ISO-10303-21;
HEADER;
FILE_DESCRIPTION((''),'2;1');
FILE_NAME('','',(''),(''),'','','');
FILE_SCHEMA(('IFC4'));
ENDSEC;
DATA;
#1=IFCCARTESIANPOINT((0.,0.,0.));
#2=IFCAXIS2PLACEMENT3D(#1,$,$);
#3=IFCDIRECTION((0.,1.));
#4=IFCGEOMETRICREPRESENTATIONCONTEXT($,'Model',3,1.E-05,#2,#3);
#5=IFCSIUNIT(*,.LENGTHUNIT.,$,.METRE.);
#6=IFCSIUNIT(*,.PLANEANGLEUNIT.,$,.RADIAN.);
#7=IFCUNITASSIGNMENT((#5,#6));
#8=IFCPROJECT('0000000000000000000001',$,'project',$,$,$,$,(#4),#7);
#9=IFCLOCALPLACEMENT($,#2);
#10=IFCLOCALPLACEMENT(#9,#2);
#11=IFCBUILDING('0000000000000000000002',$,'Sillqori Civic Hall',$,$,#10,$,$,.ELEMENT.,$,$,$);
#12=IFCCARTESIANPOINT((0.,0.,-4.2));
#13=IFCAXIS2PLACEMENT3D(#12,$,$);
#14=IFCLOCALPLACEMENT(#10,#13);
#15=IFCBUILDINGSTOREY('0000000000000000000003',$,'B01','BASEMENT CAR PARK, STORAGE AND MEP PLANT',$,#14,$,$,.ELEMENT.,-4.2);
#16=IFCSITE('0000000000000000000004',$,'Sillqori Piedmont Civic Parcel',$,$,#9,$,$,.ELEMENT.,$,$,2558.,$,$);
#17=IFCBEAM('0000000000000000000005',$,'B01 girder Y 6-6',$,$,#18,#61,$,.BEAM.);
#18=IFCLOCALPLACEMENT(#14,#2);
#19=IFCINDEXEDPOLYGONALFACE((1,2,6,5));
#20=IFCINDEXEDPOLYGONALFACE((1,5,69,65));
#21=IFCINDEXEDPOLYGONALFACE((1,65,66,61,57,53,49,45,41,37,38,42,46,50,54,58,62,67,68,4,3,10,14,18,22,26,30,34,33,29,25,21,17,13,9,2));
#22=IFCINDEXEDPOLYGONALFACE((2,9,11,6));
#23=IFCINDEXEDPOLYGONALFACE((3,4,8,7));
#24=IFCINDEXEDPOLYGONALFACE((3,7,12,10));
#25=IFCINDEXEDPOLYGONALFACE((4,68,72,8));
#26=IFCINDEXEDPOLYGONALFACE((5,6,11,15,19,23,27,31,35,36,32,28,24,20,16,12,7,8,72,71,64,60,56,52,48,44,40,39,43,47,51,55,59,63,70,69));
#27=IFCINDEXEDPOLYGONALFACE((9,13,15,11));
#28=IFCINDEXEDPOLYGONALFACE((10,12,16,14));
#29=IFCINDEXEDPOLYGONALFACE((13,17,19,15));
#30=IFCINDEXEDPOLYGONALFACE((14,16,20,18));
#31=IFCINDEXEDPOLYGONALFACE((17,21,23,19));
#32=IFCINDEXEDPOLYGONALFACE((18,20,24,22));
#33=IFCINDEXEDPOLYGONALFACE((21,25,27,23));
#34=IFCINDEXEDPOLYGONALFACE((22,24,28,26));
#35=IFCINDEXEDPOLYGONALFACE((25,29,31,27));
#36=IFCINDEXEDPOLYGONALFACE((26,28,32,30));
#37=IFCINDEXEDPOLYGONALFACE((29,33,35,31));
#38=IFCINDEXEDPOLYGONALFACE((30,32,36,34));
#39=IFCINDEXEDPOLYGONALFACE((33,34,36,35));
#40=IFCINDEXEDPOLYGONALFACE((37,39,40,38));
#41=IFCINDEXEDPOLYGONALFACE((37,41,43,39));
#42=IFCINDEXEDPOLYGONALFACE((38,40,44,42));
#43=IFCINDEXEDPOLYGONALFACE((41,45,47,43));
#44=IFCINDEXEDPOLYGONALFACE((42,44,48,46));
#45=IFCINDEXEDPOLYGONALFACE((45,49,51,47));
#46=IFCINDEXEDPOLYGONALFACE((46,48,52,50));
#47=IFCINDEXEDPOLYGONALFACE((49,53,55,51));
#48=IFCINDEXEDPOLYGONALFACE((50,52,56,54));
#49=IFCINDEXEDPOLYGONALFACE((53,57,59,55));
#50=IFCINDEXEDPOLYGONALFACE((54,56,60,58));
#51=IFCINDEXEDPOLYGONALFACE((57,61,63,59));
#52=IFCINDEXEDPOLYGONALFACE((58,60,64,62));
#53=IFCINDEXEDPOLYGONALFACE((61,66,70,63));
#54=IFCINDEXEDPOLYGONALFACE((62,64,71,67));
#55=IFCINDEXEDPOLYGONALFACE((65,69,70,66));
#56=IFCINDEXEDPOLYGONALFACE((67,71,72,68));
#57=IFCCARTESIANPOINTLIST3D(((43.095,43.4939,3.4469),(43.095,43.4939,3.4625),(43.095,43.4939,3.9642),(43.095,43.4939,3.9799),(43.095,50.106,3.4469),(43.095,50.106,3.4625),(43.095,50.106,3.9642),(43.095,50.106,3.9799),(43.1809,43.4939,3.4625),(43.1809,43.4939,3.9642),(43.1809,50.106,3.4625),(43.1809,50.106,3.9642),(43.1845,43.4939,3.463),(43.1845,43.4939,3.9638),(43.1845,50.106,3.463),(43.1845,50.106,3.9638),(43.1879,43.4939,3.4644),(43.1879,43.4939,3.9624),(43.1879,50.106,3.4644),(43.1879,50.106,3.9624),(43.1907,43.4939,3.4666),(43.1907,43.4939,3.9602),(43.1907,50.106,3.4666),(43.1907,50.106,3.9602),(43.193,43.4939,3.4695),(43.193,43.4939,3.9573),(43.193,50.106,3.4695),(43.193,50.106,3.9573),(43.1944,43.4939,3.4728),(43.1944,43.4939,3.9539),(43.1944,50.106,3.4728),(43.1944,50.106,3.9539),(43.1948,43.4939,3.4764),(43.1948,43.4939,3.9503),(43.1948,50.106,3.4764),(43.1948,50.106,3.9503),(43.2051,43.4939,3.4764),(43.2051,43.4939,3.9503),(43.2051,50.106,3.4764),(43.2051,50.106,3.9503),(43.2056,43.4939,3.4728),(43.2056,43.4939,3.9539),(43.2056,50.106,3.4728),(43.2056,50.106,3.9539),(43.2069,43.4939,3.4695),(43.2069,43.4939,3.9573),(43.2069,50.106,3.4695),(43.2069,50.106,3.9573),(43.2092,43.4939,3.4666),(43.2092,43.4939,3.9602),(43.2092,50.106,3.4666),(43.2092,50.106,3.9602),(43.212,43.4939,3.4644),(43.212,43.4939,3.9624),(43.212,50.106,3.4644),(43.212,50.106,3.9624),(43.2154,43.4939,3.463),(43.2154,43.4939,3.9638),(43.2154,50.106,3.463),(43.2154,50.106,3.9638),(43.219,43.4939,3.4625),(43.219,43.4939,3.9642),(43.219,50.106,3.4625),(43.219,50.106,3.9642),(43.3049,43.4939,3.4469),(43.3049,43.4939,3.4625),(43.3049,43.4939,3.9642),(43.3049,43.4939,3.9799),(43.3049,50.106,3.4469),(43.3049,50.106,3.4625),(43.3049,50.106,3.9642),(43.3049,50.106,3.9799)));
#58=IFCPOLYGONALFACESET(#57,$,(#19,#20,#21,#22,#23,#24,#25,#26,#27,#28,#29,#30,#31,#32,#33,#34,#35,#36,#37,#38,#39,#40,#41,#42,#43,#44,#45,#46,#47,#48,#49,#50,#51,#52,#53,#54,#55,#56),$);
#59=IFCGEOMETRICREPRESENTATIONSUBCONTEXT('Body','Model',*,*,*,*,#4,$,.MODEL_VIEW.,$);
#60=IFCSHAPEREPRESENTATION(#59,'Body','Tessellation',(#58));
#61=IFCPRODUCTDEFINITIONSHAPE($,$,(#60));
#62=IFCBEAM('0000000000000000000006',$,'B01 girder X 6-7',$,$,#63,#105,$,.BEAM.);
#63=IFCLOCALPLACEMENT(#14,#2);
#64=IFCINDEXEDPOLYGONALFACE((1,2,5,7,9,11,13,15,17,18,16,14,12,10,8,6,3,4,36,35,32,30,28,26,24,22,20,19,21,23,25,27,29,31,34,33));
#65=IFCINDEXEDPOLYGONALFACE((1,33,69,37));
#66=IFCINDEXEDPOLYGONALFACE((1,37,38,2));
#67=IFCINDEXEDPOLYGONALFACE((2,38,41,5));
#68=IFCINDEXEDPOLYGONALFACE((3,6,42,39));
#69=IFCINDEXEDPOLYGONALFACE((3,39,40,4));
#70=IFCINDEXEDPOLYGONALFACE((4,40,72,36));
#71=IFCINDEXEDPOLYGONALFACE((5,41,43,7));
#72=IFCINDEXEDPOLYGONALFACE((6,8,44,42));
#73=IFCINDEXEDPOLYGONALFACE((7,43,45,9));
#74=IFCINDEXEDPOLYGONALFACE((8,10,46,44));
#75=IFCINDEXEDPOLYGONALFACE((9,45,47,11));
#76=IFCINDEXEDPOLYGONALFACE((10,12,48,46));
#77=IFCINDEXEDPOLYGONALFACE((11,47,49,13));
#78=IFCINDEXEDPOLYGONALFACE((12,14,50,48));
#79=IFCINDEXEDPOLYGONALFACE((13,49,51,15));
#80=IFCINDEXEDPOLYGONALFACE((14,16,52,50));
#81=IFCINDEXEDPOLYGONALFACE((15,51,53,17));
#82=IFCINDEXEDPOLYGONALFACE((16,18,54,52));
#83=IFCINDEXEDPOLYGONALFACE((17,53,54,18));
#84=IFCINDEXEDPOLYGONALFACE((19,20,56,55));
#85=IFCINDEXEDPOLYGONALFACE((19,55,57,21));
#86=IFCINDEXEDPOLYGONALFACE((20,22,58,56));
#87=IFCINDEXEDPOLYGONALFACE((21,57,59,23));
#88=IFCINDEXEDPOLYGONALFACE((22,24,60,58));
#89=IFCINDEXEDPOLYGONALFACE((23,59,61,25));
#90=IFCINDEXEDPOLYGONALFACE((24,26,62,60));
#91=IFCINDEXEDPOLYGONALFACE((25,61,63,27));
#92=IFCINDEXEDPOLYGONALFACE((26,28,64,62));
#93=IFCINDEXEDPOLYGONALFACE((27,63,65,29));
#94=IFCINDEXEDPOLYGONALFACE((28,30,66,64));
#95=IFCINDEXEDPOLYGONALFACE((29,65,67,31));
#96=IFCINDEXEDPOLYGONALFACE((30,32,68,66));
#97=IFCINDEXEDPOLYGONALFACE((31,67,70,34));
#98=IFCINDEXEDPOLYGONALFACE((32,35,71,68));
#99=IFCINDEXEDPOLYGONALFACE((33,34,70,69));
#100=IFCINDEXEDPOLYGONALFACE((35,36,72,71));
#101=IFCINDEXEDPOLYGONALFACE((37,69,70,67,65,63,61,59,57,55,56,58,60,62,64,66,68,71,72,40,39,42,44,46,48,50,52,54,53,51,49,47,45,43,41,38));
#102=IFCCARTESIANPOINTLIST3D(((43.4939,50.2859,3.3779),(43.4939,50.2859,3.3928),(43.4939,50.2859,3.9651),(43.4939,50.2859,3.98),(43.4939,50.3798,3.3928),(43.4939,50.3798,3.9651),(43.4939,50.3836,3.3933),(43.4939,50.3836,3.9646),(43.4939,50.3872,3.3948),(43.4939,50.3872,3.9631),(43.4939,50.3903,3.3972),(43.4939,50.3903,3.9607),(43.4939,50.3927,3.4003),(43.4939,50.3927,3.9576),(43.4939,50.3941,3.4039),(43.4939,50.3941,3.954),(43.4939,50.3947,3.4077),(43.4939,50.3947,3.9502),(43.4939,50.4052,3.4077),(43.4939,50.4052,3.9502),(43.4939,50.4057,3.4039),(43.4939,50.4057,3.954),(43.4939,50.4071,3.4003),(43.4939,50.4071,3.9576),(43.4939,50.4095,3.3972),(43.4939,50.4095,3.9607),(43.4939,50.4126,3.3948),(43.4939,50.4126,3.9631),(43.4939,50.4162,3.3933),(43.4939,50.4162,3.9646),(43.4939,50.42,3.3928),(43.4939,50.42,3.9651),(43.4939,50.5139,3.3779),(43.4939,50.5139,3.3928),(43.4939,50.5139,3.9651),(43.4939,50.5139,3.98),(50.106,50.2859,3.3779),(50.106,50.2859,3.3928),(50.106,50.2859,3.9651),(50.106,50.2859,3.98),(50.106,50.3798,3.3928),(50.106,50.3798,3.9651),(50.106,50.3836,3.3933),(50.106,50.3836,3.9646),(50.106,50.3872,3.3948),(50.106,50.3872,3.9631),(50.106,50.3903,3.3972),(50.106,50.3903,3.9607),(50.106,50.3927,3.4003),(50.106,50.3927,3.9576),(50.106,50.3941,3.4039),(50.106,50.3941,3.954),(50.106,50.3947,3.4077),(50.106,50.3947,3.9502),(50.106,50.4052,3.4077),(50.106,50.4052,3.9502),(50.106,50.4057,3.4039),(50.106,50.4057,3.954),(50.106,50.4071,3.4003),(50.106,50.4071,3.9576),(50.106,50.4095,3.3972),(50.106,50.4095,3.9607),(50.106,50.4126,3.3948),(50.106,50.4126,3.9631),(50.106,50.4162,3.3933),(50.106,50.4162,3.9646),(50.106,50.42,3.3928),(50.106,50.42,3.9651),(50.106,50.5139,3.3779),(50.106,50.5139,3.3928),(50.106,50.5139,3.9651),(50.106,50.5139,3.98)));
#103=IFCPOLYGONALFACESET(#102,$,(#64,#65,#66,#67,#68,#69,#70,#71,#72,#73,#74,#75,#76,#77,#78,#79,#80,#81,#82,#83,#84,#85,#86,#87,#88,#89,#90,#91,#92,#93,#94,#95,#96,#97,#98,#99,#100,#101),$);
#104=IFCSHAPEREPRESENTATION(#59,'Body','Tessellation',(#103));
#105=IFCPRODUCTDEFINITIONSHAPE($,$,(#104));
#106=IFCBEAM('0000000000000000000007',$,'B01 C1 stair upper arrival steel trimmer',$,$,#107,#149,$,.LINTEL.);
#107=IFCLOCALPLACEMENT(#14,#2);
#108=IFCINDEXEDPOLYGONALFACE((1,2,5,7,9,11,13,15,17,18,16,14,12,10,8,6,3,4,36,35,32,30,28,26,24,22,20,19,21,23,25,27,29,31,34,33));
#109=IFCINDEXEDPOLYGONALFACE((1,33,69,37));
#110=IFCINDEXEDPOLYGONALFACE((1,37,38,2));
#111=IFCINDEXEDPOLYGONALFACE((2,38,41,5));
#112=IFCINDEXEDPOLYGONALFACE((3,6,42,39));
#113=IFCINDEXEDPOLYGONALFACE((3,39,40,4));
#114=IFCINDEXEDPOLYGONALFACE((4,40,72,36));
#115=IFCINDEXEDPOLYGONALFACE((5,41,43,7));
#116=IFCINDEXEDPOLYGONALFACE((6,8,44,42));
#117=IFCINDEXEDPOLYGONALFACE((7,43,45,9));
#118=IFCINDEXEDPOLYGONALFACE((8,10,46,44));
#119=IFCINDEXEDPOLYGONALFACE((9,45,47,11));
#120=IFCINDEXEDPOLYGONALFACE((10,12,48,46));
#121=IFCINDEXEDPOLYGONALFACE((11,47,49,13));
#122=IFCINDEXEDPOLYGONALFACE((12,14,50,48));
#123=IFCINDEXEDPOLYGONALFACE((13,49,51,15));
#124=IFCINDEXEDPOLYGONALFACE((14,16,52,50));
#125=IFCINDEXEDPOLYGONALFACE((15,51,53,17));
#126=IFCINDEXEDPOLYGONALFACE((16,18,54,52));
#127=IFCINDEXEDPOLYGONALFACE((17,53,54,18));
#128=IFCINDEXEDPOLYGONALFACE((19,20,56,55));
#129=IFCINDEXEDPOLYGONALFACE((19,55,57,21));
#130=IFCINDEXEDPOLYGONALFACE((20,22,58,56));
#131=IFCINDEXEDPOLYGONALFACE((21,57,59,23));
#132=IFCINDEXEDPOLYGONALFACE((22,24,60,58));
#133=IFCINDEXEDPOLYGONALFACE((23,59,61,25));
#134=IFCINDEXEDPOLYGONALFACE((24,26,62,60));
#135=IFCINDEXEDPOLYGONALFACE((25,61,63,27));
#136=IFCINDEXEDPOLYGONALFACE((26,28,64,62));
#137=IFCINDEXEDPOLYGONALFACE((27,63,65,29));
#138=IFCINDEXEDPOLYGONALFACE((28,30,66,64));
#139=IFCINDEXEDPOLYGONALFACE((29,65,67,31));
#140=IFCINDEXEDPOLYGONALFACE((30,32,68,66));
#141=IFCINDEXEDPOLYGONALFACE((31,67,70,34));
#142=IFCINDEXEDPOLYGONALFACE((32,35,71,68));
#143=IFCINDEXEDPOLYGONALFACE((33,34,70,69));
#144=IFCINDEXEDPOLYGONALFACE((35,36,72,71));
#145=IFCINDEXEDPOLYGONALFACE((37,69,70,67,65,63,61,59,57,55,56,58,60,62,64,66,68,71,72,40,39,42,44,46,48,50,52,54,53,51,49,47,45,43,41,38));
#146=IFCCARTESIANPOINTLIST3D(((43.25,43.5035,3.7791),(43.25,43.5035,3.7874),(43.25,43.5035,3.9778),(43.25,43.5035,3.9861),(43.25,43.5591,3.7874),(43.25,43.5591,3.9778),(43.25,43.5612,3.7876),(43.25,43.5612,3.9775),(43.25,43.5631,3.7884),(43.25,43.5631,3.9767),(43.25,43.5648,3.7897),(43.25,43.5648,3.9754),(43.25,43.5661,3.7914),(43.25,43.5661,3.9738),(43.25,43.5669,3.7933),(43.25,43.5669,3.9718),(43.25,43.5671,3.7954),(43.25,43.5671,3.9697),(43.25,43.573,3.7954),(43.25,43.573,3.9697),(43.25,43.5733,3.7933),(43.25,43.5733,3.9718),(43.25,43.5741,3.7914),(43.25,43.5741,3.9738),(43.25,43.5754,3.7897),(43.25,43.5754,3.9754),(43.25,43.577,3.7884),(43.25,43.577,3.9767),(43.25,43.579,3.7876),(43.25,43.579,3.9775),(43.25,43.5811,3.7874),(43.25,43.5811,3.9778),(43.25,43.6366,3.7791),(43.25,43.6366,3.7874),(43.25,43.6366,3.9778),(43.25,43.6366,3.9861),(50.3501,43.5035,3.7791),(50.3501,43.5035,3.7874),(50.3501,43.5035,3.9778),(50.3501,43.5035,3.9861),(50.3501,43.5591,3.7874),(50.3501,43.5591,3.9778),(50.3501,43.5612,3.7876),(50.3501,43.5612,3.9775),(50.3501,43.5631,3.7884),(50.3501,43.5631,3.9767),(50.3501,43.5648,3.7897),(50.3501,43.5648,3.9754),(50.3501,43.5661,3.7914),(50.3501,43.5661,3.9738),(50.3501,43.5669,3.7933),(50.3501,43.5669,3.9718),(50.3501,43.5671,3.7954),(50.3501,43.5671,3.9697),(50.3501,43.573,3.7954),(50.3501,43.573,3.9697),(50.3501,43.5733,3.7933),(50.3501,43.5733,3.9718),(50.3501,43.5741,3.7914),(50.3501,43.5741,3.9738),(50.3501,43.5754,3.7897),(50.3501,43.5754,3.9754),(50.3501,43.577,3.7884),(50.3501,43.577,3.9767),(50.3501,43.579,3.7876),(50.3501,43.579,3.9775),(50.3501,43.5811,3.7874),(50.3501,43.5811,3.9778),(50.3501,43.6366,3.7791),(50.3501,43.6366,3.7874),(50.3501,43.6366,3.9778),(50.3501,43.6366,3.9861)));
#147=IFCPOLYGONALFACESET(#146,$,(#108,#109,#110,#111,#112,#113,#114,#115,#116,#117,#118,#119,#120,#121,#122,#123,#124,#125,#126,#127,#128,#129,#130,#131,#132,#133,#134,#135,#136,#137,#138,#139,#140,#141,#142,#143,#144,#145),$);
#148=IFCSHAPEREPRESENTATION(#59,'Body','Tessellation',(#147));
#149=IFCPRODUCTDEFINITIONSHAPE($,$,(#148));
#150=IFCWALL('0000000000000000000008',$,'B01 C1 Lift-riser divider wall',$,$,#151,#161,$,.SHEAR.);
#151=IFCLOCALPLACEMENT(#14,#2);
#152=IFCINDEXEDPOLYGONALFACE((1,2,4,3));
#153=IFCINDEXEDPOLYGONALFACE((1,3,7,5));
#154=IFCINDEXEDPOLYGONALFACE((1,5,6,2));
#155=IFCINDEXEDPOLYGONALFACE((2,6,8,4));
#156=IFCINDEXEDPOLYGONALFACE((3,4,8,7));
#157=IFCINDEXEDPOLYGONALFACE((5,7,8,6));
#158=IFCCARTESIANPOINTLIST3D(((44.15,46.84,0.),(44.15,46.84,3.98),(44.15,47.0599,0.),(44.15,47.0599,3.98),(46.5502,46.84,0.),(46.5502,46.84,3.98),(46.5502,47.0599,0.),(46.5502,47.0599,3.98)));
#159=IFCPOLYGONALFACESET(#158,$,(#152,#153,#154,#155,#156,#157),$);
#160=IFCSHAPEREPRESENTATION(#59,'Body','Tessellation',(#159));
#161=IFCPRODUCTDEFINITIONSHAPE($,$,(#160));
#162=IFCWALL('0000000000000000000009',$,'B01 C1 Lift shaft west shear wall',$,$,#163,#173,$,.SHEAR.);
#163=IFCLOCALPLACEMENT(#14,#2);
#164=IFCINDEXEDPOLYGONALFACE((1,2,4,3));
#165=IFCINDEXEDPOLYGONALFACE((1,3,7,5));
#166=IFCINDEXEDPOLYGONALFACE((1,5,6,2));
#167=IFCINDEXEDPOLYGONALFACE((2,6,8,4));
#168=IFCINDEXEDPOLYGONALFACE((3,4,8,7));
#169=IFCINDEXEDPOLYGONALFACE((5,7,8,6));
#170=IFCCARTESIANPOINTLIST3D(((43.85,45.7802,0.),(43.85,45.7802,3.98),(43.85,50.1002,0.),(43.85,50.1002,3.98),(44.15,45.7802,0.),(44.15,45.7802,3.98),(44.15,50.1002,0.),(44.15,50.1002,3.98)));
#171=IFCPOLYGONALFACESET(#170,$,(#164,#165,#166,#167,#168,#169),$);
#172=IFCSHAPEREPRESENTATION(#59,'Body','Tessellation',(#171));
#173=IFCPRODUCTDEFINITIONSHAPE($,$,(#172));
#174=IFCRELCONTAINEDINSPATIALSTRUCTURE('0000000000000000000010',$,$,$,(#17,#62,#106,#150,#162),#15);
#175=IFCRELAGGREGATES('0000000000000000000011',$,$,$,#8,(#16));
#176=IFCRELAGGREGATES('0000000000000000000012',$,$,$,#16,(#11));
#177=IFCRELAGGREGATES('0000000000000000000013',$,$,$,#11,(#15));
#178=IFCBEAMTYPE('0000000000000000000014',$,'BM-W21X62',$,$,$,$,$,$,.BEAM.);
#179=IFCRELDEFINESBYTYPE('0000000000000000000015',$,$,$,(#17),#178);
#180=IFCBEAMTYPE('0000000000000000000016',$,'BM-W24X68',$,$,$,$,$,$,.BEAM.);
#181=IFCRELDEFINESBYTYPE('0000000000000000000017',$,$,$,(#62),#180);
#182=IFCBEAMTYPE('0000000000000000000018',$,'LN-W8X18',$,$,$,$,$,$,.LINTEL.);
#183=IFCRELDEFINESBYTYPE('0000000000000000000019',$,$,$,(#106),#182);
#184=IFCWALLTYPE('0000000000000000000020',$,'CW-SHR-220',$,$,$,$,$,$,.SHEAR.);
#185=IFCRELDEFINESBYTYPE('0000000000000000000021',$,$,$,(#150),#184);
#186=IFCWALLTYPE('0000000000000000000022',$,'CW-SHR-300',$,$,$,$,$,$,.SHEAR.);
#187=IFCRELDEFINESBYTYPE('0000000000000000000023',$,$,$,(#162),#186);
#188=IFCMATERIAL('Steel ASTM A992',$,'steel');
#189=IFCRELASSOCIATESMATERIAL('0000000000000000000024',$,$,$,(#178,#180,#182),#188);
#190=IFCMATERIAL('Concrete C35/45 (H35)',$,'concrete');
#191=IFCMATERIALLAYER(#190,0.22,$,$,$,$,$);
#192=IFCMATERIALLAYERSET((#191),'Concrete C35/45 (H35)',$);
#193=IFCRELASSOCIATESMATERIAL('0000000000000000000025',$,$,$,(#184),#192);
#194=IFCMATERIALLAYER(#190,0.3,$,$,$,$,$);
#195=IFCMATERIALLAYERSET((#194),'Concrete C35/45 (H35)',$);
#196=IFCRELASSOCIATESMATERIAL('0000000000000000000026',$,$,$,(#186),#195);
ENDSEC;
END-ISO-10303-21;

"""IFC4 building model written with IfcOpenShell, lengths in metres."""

from ifc_helpers import new_model, si_unit, direction, frame, frame_2d, origin, origin_2d, place, context, subcontext, project, spatial, rectangle, i_section, extrude, material, layer, layer_set, material_profile, profile_set, type_object, element, save


model = new_model("IFC4")

# Units and contexts
model_context = context("Model", 3, precision=1e-05, world=origin(), true_north=direction((0.0, 1.0)))
body_context = subcontext(model_context, "Body", "Model", "MODEL_VIEW")
ifc_project = project(units=[si_unit("LENGTHUNIT", "METRE"), si_unit("PLANEANGLEUNIT", "RADIAN")], contexts=[model_context])

# Site, building, storey
site_placement = place(None, origin())
site = spatial("IfcSite", under=ifc_project, at=site_placement, Name="Sillqori Piedmont Civic Parcel", CompositionType="ELEMENT", RefElevation=2558.0)
building_placement = place(site_placement, origin())
building = spatial("IfcBuilding", under=site, at=building_placement, Name="Sillqori Civic Hall", CompositionType="ELEMENT")
storey_placement = place(building_placement, frame((0.0, 0.0, -4.2)))
storey = spatial("IfcBuildingStorey", under=building, at=storey_placement, Name="B01", Description="BASEMENT CAR PARK, STORAGE AND MEP PLANT", CompositionType="ELEMENT", Elevation=-4.2)

# Shared definitions
ifc_material_1 = material(Name="Concrete C35/45 (H35)", Category="concrete")

# Beams
ifc_material_2 = material(Name="Steel ASTM A992", Category="steel")
ifc_material_profile_1 = material_profile(ifc_material_2, i_section(OverallWidth=0.21, OverallDepth=0.533, WebThickness=0.0103, FlangeThickness=0.0156, FilletRadius=0.0139, at=origin_2d()), Name="W21X62")
ifc_profile_set_1 = profile_set([ifc_material_profile_1], Name="Steel ASTM A992")
beam_type_1 = type_object("IfcBeamType", Name="BM-W21X62", PredefinedType="BEAM", material=ifc_profile_set_1)
beam_1_placement = place(storey_placement, frame((43.2, 43.4939, 3.7134), z_axis=(0.0, 1.0, 0.0), x_axis=(-1.0, 0.0, 0.0)))
element("IfcBeam", 1, at=beam_1_placement, inside=storey, type_object=beam_type_1, Name="B01 girder Y 6-6", PredefinedType="BEAM", context=body_context, shape_type="SweptSolid", body=[
    extrude(i_section(OverallWidth=0.21, OverallDepth=0.533, WebThickness=0.0103, FlangeThickness=0.0156, FilletRadius=0.0139, at=origin_2d()), origin(), (0.0, 0.0, 1.0), 6.6121),
])
ifc_material_profile_2 = material_profile(ifc_material_2, i_section(OverallWidth=0.228, OverallDepth=0.6021, WebThickness=0.0105, FlangeThickness=0.0149, FilletRadius=0.0149, at=origin_2d()), Name="W24X68")
ifc_profile_set_2 = profile_set([ifc_material_profile_2], Name="Steel ASTM A992")
beam_type_2 = type_object("IfcBeamType", Name="BM-W24X68", PredefinedType="BEAM", material=ifc_profile_set_2)
beam_2_placement = place(storey_placement, frame((43.4939, 50.3999, 3.679), z_axis=(1.0, 0.0, 0.0), x_axis=(0.0, 1.0, 0.0)))
element("IfcBeam", 2, at=beam_2_placement, inside=storey, type_object=beam_type_2, Name="B01 girder X 6-7", PredefinedType="BEAM", context=body_context, shape_type="SweptSolid", body=[
    extrude(i_section(OverallWidth=0.228, OverallDepth=0.6021, WebThickness=0.0105, FlangeThickness=0.0149, FilletRadius=0.0149, at=origin_2d()), origin(), (0.0, 0.0, 1.0), 6.6121),
])
ifc_material_profile_3 = material_profile(ifc_material_2, i_section(OverallWidth=0.1331, OverallDepth=0.207, WebThickness=0.0059, FlangeThickness=0.0083, FilletRadius=0.0081, at=origin_2d()), Name="W8X18")
ifc_profile_set_3 = profile_set([ifc_material_profile_3], Name="Steel ASTM A992")
beam_type_3 = type_object("IfcBeamType", Name="LN-W8X18", PredefinedType="LINTEL", material=ifc_profile_set_3)
beam_3_placement = place(storey_placement, frame((43.25, 43.5701, 3.8826), z_axis=(1.0, 0.0, 0.0), x_axis=(0.0, 1.0, 0.0)))
element("IfcBeam", 3, at=beam_3_placement, inside=storey, type_object=beam_type_3, Name="B01 C1 stair upper arrival steel trimmer", PredefinedType="LINTEL", context=body_context, shape_type="SweptSolid", body=[
    extrude(i_section(OverallWidth=0.1331, OverallDepth=0.207, WebThickness=0.0059, FlangeThickness=0.0083, FilletRadius=0.0081, at=origin_2d()), origin(), (0.0, 0.0, 1.0), 7.1001),
])

# Wall
ifc_layer_1 = layer(ifc_material_1, 0.22)
ifc_layer_set_1 = layer_set([ifc_layer_1], Name="Concrete C35/45 (H35)")
wall_type_1 = type_object("IfcWallType", Name="CW-SHR-220", PredefinedType="SHEAR", material=ifc_layer_set_1)
wall_1_placement = place(storey_placement, frame((44.1499, 46.95, 0.0), z_axis=(0.0, 0.0, 1.0), x_axis=(1.0, 0.0, 0.0)))
element("IfcWall", 4, at=wall_1_placement, inside=storey, type_object=wall_type_1, Name="B01 C1 Lift-riser divider wall", PredefinedType="SHEAR", context=body_context, shape_type="SweptSolid", body=[
    extrude(rectangle(XDim=2.4001, YDim=0.22, at=frame_2d((1.2002, 0.0))), origin(), (0.0, 0.0, 1.0), 3.98),
])

# Wall
ifc_layer_2 = layer(ifc_material_1, 0.3)
ifc_layer_set_2 = layer_set([ifc_layer_2], Name="Concrete C35/45 (H35)")
wall_type_2 = type_object("IfcWallType", Name="CW-SHR-300", PredefinedType="SHEAR", material=ifc_layer_set_2)
wall_2_placement = place(storey_placement, frame((44.0, 45.78, 0.0), z_axis=(0.0, 0.0, 1.0), x_axis=(0.0, 1.0, 0.0)))
element("IfcWall", 5, at=wall_2_placement, inside=storey, type_object=wall_type_2, Name="B01 C1 Lift shaft west shear wall", PredefinedType="SHEAR", context=body_context, shape_type="SweptSolid", body=[
    extrude(rectangle(XDim=4.3201, YDim=0.3, at=frame_2d((2.1602, 0.0))), origin(), (0.0, 0.0, 1.0), 3.98),
])

save(model, "model.ifc")
